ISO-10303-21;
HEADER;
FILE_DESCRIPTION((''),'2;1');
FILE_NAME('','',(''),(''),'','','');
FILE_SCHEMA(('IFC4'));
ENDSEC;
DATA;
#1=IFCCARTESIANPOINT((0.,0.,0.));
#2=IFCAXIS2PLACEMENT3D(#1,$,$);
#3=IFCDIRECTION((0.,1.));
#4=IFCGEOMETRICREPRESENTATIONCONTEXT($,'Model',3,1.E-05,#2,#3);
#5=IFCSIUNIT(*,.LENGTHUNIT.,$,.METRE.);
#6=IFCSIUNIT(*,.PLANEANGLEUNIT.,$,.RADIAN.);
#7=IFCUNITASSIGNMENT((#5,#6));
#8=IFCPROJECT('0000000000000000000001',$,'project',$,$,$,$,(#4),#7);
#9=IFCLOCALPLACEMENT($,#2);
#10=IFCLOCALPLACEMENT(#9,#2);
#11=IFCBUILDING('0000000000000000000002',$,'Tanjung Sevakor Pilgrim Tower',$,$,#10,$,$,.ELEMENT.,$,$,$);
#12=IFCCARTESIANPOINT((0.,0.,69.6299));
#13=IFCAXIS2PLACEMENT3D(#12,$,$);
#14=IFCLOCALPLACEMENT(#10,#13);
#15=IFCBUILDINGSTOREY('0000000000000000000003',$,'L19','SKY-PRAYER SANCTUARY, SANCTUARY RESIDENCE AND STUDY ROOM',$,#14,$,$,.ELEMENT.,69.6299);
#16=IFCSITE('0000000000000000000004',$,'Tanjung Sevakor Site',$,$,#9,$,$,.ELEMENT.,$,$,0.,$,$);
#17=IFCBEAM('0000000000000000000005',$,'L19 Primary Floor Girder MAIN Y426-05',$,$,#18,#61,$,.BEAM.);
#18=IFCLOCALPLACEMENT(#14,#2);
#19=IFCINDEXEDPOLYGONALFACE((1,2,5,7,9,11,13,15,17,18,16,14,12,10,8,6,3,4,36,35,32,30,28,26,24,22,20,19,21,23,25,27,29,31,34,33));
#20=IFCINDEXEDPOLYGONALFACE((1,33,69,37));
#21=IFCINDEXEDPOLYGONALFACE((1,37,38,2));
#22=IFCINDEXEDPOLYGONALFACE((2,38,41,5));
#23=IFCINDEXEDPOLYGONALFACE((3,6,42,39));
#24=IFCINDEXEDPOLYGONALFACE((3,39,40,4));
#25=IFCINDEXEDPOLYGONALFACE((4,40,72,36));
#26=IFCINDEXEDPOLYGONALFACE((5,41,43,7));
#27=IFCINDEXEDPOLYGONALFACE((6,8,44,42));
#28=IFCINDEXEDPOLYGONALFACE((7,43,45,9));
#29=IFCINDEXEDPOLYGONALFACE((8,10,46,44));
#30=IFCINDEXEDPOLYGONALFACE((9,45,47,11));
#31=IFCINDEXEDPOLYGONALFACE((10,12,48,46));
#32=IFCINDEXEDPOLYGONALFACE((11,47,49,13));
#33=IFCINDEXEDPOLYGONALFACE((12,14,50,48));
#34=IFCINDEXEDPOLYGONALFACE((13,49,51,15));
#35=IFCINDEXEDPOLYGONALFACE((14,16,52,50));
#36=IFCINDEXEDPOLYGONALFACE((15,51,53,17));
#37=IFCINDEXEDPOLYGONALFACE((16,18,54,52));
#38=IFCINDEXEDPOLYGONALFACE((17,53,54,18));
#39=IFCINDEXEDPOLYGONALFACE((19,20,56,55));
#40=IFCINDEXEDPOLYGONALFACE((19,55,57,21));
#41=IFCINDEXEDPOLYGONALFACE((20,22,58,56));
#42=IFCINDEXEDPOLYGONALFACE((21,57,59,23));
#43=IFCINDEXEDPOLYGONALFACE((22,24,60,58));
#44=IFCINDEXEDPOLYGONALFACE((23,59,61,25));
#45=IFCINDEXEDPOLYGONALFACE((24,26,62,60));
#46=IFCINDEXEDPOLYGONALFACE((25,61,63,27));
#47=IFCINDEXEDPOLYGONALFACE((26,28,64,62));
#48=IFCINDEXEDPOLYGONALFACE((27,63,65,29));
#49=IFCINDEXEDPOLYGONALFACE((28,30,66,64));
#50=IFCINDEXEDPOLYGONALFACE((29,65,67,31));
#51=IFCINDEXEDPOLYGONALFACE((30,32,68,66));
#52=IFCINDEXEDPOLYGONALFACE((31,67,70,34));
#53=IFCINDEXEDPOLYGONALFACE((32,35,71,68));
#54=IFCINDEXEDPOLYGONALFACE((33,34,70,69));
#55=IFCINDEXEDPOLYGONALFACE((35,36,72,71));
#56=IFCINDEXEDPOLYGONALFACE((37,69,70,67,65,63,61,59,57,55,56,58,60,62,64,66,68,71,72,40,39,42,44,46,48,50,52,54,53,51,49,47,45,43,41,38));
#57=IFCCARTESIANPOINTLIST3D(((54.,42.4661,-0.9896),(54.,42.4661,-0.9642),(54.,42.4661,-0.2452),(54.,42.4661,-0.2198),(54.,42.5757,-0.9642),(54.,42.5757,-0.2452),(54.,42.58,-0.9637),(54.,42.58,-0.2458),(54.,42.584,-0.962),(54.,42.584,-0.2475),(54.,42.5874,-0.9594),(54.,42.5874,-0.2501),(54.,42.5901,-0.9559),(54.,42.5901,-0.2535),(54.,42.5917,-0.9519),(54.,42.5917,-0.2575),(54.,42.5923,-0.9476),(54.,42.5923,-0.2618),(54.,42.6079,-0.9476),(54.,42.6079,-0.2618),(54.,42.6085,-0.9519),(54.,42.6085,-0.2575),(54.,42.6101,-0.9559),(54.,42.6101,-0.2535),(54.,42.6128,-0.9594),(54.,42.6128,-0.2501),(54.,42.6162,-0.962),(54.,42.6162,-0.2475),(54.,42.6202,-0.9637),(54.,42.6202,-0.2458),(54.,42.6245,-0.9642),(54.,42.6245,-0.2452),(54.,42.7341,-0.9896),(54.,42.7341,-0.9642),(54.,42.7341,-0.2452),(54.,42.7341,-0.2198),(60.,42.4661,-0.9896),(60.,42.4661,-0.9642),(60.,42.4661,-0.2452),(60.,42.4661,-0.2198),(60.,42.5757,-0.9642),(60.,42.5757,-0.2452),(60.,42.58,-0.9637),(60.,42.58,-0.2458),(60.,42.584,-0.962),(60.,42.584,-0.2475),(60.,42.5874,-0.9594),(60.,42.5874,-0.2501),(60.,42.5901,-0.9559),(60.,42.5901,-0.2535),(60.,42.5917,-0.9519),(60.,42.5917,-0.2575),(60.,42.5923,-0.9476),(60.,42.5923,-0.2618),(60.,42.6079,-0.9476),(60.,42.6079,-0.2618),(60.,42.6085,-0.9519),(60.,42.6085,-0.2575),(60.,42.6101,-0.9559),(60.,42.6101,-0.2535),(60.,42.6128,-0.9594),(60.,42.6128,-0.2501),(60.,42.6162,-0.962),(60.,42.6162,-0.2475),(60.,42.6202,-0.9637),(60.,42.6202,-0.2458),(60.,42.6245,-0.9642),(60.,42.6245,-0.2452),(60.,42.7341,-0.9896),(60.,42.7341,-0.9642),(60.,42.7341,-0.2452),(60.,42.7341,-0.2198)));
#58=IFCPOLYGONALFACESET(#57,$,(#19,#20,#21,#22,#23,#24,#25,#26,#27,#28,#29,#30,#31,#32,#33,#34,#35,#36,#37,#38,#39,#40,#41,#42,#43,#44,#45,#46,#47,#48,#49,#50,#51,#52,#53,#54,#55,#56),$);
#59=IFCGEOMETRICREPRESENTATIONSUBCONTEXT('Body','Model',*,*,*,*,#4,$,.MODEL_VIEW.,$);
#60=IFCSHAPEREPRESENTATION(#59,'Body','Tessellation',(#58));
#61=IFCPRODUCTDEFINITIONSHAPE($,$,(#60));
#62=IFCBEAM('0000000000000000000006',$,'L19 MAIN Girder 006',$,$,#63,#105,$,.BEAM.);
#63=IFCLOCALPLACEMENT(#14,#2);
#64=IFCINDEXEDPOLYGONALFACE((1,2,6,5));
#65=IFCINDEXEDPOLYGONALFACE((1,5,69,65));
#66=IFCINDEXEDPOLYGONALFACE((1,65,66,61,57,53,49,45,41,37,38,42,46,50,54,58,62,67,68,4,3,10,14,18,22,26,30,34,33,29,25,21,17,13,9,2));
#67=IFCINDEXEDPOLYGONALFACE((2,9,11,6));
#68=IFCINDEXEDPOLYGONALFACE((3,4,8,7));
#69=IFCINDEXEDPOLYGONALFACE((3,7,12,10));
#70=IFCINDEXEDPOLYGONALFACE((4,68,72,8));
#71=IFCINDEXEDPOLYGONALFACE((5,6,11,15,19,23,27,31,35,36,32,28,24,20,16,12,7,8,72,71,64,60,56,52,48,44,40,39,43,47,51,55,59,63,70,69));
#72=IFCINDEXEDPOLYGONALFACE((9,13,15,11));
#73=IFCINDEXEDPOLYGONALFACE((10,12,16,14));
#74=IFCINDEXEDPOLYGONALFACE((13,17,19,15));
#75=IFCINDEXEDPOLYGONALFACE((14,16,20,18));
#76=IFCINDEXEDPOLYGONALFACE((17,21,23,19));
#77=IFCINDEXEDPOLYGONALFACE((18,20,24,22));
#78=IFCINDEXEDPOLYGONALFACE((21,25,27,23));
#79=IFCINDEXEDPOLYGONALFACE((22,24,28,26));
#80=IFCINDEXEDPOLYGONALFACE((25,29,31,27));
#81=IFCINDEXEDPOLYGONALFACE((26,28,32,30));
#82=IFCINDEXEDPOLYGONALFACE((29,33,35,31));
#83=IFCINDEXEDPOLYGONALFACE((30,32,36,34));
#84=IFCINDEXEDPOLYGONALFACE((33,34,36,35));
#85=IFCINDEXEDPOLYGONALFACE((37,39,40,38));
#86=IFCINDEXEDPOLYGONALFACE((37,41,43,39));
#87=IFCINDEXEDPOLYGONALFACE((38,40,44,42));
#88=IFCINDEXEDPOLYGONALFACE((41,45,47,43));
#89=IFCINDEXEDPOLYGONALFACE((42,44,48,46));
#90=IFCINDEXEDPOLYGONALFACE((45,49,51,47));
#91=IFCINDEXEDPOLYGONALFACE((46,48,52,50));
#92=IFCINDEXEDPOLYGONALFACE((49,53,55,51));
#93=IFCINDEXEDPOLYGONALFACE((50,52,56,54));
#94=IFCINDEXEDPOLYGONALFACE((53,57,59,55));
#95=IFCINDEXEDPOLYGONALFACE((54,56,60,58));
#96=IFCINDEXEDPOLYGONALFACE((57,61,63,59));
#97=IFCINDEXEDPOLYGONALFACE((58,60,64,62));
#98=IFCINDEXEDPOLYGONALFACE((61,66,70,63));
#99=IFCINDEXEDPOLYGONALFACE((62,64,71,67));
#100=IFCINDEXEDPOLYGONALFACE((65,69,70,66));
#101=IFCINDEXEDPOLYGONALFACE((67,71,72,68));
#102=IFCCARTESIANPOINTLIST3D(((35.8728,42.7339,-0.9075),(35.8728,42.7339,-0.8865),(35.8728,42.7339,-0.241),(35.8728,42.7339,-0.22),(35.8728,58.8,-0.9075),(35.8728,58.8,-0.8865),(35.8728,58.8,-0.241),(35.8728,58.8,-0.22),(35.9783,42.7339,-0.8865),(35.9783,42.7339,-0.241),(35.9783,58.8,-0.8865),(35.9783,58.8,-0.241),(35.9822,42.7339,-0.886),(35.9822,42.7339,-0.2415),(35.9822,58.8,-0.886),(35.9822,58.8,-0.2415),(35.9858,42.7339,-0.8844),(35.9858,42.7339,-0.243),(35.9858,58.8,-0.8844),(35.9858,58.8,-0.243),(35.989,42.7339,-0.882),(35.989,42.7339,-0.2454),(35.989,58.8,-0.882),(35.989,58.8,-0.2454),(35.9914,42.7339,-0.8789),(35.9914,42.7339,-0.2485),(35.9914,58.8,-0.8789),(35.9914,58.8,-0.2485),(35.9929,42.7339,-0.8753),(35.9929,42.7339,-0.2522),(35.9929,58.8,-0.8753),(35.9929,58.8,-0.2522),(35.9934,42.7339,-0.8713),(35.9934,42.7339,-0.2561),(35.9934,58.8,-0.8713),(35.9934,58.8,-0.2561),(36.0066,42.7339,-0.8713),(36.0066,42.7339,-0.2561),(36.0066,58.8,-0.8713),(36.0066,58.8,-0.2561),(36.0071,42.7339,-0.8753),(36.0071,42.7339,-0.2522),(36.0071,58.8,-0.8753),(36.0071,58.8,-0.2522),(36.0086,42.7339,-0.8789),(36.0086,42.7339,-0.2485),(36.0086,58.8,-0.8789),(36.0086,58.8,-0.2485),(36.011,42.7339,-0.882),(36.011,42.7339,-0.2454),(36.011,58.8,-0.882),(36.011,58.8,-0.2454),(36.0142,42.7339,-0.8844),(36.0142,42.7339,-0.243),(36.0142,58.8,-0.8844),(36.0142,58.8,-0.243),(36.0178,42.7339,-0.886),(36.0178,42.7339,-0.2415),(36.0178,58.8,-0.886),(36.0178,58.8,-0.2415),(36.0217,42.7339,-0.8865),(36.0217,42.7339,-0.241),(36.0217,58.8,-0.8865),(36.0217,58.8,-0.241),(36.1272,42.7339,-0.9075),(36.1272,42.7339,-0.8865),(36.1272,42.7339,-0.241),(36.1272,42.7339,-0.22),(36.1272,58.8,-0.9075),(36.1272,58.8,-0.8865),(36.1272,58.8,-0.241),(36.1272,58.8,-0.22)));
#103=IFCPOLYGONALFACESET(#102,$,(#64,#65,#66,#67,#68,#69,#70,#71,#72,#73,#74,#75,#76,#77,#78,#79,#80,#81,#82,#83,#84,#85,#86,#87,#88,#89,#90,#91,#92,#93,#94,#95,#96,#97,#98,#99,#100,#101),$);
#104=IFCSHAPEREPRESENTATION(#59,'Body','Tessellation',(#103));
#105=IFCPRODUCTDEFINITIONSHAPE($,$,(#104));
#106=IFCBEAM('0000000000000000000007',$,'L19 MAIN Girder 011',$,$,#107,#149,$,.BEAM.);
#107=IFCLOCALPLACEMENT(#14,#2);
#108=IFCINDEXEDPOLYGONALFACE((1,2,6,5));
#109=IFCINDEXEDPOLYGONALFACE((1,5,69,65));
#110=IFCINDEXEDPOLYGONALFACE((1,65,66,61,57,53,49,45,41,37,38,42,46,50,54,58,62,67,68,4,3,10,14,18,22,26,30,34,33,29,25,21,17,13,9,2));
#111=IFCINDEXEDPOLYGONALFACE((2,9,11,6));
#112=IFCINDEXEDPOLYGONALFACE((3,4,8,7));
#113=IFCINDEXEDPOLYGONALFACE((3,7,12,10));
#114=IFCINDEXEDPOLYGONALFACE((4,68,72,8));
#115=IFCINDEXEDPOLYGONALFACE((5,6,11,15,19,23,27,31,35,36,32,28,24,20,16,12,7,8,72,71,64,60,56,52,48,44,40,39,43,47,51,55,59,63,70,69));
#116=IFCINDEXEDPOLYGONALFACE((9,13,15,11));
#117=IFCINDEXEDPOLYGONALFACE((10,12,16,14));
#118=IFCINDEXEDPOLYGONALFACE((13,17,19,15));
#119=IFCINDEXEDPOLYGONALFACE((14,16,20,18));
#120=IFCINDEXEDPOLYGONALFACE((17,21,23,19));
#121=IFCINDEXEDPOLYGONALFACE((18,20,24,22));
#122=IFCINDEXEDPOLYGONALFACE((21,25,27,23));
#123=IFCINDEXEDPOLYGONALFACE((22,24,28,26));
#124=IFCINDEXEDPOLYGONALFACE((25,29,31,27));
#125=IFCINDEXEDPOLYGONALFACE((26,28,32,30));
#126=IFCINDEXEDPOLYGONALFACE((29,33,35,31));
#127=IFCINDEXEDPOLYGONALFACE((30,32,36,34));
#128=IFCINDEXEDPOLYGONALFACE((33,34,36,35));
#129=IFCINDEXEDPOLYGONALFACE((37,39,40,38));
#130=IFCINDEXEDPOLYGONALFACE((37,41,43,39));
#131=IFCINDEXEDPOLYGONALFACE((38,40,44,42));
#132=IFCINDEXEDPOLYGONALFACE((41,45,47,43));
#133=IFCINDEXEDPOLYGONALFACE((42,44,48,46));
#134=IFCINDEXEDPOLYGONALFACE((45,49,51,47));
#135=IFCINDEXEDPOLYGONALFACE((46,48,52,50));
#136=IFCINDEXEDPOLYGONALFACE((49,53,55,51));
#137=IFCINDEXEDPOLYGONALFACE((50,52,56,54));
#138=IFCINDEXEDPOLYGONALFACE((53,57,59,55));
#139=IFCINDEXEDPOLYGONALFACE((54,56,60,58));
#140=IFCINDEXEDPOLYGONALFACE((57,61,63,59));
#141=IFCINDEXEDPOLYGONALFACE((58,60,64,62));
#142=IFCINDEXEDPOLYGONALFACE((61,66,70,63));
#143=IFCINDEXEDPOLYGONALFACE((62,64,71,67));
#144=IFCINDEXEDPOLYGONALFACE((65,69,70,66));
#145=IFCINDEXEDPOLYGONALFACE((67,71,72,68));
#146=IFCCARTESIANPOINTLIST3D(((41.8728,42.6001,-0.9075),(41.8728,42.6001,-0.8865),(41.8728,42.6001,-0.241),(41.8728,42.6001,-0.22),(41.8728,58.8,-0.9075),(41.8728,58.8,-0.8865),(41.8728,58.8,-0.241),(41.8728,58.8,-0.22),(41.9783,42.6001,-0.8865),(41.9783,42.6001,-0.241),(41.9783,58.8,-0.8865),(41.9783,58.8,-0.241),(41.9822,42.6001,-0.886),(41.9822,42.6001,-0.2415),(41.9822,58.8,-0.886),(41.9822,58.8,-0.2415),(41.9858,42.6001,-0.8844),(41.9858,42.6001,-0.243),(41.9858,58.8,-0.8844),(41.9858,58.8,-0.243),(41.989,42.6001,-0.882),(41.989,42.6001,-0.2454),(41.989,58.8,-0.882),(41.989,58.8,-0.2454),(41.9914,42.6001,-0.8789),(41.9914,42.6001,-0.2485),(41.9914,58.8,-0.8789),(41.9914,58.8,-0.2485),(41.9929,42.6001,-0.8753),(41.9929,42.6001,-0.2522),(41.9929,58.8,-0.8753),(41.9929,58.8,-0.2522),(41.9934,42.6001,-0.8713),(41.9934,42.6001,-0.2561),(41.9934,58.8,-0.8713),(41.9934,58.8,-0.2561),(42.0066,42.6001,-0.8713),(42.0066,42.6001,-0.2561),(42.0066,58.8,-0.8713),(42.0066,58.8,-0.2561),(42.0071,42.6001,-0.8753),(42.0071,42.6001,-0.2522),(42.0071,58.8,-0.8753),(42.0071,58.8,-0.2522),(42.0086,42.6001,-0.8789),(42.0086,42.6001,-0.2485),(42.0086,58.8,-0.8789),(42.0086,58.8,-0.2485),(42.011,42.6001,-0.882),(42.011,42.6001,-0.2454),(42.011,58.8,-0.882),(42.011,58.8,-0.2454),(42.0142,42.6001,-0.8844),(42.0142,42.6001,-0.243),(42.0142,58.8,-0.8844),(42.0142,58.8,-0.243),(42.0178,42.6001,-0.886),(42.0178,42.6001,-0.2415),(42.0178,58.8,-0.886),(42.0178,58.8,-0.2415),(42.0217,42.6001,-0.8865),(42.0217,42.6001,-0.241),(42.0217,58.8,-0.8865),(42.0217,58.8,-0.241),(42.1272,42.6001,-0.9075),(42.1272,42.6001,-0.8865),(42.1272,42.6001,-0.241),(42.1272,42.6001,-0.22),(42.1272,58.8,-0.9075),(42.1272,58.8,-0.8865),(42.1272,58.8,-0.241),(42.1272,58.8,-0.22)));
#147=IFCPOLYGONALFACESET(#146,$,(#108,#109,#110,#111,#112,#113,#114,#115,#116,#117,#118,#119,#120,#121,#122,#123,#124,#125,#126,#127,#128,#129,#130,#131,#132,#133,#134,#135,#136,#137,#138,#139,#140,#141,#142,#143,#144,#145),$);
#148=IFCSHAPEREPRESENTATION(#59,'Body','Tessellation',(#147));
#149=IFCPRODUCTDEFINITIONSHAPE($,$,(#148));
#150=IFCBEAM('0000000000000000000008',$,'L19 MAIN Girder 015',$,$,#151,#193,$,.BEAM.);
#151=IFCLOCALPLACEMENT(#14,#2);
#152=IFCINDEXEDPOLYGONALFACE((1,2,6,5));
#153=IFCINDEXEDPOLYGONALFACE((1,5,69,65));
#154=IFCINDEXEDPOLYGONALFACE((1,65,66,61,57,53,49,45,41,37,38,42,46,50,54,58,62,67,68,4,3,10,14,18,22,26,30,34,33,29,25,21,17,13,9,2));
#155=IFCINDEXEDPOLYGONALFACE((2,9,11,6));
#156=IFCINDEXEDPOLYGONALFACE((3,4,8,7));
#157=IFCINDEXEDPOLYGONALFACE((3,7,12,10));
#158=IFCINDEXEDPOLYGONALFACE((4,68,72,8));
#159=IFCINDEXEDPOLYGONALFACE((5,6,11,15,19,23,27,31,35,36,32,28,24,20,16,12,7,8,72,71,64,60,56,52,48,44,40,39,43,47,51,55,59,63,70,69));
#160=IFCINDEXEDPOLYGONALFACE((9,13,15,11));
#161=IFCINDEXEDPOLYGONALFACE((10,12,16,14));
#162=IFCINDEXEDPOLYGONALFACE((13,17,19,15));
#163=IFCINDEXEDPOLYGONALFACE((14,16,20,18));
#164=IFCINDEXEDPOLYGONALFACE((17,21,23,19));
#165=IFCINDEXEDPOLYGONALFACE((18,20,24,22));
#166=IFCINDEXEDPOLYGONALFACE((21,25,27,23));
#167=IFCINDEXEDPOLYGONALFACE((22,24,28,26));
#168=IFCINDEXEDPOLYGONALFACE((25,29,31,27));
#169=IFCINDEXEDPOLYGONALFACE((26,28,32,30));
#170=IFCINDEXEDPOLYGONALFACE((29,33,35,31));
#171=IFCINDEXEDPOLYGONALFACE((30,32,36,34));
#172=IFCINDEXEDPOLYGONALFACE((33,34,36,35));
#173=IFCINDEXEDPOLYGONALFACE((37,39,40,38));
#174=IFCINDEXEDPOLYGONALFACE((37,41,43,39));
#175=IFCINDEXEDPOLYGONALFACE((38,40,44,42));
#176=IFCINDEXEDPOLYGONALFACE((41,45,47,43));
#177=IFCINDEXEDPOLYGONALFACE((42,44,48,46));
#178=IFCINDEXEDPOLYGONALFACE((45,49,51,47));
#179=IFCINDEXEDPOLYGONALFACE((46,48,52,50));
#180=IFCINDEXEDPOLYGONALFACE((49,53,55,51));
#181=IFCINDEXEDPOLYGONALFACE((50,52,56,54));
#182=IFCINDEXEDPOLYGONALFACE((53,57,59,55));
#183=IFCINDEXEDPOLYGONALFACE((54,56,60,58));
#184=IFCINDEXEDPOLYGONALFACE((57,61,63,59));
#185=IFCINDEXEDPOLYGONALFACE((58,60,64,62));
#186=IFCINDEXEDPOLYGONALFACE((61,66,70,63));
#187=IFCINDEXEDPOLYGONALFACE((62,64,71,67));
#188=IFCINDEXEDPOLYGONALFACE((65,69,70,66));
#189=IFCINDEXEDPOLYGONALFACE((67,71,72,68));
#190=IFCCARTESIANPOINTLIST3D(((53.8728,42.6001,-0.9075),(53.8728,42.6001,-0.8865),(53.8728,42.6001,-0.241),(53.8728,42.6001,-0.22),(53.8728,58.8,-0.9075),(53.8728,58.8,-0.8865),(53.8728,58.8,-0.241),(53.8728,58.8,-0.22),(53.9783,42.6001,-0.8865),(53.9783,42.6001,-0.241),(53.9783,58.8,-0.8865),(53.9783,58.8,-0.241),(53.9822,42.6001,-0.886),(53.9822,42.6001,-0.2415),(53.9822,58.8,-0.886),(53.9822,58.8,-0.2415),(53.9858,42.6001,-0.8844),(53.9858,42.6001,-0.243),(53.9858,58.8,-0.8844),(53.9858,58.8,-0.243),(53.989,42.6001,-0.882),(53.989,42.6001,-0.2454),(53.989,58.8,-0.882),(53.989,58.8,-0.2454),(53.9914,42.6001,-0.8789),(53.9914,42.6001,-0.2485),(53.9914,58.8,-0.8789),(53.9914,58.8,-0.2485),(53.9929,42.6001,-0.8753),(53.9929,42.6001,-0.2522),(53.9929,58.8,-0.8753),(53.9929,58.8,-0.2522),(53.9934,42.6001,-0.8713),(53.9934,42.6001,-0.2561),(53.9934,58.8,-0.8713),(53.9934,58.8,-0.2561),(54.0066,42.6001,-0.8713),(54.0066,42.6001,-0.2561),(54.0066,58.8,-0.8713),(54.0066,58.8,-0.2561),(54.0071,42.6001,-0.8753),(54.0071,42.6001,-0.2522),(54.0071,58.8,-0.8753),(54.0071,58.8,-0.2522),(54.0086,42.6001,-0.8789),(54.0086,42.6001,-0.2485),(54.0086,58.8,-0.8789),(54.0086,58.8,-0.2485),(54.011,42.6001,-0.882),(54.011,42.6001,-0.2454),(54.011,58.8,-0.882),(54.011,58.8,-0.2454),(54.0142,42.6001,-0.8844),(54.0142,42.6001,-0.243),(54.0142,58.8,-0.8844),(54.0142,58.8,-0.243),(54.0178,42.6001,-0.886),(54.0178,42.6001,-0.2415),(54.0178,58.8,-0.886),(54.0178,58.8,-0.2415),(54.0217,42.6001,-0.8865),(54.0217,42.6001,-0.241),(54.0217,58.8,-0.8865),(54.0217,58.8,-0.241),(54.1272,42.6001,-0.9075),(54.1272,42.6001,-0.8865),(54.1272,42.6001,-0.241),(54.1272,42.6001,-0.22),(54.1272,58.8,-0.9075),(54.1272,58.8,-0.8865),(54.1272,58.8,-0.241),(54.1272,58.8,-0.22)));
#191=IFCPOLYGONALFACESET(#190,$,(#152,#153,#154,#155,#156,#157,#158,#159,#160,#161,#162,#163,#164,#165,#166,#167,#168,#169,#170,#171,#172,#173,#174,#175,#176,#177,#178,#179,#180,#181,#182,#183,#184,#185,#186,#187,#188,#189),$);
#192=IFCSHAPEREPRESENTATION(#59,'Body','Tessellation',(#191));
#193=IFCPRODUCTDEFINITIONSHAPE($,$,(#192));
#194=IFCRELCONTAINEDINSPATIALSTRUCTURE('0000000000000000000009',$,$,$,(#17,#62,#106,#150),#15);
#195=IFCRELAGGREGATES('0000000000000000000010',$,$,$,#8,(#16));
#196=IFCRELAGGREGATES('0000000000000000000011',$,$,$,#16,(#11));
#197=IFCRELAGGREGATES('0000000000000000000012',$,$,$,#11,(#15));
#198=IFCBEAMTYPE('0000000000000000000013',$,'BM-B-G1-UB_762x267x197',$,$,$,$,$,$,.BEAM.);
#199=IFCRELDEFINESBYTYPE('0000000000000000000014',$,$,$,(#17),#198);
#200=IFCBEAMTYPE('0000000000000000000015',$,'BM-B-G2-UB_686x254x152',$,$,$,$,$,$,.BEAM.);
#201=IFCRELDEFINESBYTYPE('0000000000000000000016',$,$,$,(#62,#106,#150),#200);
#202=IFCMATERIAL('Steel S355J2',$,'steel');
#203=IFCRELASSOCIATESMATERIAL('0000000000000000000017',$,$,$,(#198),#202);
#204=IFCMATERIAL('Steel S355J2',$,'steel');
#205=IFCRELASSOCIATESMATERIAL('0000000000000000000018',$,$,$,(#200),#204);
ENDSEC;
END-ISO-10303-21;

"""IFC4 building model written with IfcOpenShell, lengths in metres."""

from ifc_helpers import new_model, si_unit, direction, frame, origin, origin_2d, place, context, subcontext, project, spatial, i_section, extrude, material, material_profile, profile_set, type_object, element, save


model = new_model("IFC4")

# Units and contexts
model_context = context("Model", 3, precision=1e-05, world=origin(), true_north=direction((0.0, 1.0)))
body_context = subcontext(model_context, "Body", "Model", "MODEL_VIEW")
ifc_project = project(units=[si_unit("LENGTHUNIT", "METRE"), si_unit("PLANEANGLEUNIT", "RADIAN")], contexts=[model_context])

# Site, building, storey
site_placement = place(None, origin())
site = spatial("IfcSite", under=ifc_project, at=site_placement, Name="Tanjung Sevakor Site", CompositionType="ELEMENT", RefElevation=0.0)
building_placement = place(site_placement, origin())
building = spatial("IfcBuilding", under=site, at=building_placement, Name="Tanjung Sevakor Pilgrim Tower", CompositionType="ELEMENT")
storey_placement = place(building_placement, frame((0.0, 0.0, 69.6299)))
storey = spatial("IfcBuildingStorey", under=building, at=storey_placement, Name="L19", Description="SKY-PRAYER SANCTUARY, SANCTUARY RESIDENCE AND STUDY ROOM", CompositionType="ELEMENT", Elevation=69.6299)

# Beams
ifc_material_1 = material(Name="Steel S355J2", Category="steel")
ifc_material_profile_1 = material_profile(ifc_material_1, i_section(OverallWidth=0.2681, OverallDepth=0.7698, WebThickness=0.0156, FlangeThickness=0.0254, FilletRadius=0.0166, at=origin_2d()))
ifc_profile_set_1 = profile_set([ifc_material_profile_1], Name="Steel S355J2")
beam_type_1 = type_object("IfcBeamType", Name="BM-B-G1-UB_762x267x197", PredefinedType="BEAM", material=ifc_profile_set_1)
for number, where, z_axis, x_axis, name in (
    (1, (54.0, 42.6001, -0.6047), (1.0, 0.0, 0.0), (0.0, 1.0, 0.0), "L19 Primary Floor Girder MAIN Y426-05"),
):
    element("IfcBeam", number, at=place(storey_placement, frame(where, z_axis=z_axis, x_axis=x_axis)), inside=storey, type_object=beam_type_1, Name=name, PredefinedType="BEAM", context=body_context, shape_type="SweptSolid", body=[
        extrude(i_section(OverallWidth=0.2681, OverallDepth=0.7698, WebThickness=0.0156, FlangeThickness=0.0254, FilletRadius=0.0166, at=origin_2d()), origin(), (0.0, 0.0, 1.0), 6.0),
    ])
ifc_material_2 = material(Name="Steel S355J2", Category="steel")
ifc_material_profile_2 = material_profile(ifc_material_2, i_section(OverallWidth=0.2544, OverallDepth=0.6875, WebThickness=0.0132, FlangeThickness=0.021, FilletRadius=0.0151, at=origin_2d()))
ifc_profile_set_2 = profile_set([ifc_material_profile_2], Name="Steel S355J2")
beam_type_2 = type_object("IfcBeamType", Name="BM-B-G2-UB_686x254x152", PredefinedType="BEAM", material=ifc_profile_set_2)
beam_1_placement = place(storey_placement, frame((36.0, 42.7339, -0.5637), z_axis=(0.0, 1.0, 0.0), x_axis=(-1.0, 0.0, 0.0)))
element("IfcBeam", 2, at=beam_1_placement, inside=storey, type_object=beam_type_2, Name="L19 MAIN Girder 006", PredefinedType="BEAM", context=body_context, shape_type="SweptSolid", body=[
    extrude(i_section(OverallWidth=0.2544, OverallDepth=0.6875, WebThickness=0.0132, FlangeThickness=0.021, FilletRadius=0.0151, at=origin_2d()), origin(), (0.0, 0.0, 1.0), 16.0662),
])
for number, where, z_axis, x_axis, name in (
    (3, (42.0, 42.6001, -0.5637), (0.0, 1.0, 0.0), (-1.0, 0.0, 0.0), "L19 MAIN Girder 011"),
    (4, (54.0, 42.6001, -0.5637), (0.0, 1.0, 0.0), (-1.0, 0.0, 0.0), "L19 MAIN Girder 015"),
):
    element("IfcBeam", number, at=place(storey_placement, frame(where, z_axis=z_axis, x_axis=x_axis)), inside=storey, type_object=beam_type_2, Name=name, PredefinedType="BEAM", context=body_context, shape_type="SweptSolid", body=[
        extrude(i_section(OverallWidth=0.2544, OverallDepth=0.6875, WebThickness=0.0132, FlangeThickness=0.021, FilletRadius=0.0151, at=origin_2d()), origin(), (0.0, 0.0, 1.0), 16.2),
    ])

save(model, "model.ifc")
